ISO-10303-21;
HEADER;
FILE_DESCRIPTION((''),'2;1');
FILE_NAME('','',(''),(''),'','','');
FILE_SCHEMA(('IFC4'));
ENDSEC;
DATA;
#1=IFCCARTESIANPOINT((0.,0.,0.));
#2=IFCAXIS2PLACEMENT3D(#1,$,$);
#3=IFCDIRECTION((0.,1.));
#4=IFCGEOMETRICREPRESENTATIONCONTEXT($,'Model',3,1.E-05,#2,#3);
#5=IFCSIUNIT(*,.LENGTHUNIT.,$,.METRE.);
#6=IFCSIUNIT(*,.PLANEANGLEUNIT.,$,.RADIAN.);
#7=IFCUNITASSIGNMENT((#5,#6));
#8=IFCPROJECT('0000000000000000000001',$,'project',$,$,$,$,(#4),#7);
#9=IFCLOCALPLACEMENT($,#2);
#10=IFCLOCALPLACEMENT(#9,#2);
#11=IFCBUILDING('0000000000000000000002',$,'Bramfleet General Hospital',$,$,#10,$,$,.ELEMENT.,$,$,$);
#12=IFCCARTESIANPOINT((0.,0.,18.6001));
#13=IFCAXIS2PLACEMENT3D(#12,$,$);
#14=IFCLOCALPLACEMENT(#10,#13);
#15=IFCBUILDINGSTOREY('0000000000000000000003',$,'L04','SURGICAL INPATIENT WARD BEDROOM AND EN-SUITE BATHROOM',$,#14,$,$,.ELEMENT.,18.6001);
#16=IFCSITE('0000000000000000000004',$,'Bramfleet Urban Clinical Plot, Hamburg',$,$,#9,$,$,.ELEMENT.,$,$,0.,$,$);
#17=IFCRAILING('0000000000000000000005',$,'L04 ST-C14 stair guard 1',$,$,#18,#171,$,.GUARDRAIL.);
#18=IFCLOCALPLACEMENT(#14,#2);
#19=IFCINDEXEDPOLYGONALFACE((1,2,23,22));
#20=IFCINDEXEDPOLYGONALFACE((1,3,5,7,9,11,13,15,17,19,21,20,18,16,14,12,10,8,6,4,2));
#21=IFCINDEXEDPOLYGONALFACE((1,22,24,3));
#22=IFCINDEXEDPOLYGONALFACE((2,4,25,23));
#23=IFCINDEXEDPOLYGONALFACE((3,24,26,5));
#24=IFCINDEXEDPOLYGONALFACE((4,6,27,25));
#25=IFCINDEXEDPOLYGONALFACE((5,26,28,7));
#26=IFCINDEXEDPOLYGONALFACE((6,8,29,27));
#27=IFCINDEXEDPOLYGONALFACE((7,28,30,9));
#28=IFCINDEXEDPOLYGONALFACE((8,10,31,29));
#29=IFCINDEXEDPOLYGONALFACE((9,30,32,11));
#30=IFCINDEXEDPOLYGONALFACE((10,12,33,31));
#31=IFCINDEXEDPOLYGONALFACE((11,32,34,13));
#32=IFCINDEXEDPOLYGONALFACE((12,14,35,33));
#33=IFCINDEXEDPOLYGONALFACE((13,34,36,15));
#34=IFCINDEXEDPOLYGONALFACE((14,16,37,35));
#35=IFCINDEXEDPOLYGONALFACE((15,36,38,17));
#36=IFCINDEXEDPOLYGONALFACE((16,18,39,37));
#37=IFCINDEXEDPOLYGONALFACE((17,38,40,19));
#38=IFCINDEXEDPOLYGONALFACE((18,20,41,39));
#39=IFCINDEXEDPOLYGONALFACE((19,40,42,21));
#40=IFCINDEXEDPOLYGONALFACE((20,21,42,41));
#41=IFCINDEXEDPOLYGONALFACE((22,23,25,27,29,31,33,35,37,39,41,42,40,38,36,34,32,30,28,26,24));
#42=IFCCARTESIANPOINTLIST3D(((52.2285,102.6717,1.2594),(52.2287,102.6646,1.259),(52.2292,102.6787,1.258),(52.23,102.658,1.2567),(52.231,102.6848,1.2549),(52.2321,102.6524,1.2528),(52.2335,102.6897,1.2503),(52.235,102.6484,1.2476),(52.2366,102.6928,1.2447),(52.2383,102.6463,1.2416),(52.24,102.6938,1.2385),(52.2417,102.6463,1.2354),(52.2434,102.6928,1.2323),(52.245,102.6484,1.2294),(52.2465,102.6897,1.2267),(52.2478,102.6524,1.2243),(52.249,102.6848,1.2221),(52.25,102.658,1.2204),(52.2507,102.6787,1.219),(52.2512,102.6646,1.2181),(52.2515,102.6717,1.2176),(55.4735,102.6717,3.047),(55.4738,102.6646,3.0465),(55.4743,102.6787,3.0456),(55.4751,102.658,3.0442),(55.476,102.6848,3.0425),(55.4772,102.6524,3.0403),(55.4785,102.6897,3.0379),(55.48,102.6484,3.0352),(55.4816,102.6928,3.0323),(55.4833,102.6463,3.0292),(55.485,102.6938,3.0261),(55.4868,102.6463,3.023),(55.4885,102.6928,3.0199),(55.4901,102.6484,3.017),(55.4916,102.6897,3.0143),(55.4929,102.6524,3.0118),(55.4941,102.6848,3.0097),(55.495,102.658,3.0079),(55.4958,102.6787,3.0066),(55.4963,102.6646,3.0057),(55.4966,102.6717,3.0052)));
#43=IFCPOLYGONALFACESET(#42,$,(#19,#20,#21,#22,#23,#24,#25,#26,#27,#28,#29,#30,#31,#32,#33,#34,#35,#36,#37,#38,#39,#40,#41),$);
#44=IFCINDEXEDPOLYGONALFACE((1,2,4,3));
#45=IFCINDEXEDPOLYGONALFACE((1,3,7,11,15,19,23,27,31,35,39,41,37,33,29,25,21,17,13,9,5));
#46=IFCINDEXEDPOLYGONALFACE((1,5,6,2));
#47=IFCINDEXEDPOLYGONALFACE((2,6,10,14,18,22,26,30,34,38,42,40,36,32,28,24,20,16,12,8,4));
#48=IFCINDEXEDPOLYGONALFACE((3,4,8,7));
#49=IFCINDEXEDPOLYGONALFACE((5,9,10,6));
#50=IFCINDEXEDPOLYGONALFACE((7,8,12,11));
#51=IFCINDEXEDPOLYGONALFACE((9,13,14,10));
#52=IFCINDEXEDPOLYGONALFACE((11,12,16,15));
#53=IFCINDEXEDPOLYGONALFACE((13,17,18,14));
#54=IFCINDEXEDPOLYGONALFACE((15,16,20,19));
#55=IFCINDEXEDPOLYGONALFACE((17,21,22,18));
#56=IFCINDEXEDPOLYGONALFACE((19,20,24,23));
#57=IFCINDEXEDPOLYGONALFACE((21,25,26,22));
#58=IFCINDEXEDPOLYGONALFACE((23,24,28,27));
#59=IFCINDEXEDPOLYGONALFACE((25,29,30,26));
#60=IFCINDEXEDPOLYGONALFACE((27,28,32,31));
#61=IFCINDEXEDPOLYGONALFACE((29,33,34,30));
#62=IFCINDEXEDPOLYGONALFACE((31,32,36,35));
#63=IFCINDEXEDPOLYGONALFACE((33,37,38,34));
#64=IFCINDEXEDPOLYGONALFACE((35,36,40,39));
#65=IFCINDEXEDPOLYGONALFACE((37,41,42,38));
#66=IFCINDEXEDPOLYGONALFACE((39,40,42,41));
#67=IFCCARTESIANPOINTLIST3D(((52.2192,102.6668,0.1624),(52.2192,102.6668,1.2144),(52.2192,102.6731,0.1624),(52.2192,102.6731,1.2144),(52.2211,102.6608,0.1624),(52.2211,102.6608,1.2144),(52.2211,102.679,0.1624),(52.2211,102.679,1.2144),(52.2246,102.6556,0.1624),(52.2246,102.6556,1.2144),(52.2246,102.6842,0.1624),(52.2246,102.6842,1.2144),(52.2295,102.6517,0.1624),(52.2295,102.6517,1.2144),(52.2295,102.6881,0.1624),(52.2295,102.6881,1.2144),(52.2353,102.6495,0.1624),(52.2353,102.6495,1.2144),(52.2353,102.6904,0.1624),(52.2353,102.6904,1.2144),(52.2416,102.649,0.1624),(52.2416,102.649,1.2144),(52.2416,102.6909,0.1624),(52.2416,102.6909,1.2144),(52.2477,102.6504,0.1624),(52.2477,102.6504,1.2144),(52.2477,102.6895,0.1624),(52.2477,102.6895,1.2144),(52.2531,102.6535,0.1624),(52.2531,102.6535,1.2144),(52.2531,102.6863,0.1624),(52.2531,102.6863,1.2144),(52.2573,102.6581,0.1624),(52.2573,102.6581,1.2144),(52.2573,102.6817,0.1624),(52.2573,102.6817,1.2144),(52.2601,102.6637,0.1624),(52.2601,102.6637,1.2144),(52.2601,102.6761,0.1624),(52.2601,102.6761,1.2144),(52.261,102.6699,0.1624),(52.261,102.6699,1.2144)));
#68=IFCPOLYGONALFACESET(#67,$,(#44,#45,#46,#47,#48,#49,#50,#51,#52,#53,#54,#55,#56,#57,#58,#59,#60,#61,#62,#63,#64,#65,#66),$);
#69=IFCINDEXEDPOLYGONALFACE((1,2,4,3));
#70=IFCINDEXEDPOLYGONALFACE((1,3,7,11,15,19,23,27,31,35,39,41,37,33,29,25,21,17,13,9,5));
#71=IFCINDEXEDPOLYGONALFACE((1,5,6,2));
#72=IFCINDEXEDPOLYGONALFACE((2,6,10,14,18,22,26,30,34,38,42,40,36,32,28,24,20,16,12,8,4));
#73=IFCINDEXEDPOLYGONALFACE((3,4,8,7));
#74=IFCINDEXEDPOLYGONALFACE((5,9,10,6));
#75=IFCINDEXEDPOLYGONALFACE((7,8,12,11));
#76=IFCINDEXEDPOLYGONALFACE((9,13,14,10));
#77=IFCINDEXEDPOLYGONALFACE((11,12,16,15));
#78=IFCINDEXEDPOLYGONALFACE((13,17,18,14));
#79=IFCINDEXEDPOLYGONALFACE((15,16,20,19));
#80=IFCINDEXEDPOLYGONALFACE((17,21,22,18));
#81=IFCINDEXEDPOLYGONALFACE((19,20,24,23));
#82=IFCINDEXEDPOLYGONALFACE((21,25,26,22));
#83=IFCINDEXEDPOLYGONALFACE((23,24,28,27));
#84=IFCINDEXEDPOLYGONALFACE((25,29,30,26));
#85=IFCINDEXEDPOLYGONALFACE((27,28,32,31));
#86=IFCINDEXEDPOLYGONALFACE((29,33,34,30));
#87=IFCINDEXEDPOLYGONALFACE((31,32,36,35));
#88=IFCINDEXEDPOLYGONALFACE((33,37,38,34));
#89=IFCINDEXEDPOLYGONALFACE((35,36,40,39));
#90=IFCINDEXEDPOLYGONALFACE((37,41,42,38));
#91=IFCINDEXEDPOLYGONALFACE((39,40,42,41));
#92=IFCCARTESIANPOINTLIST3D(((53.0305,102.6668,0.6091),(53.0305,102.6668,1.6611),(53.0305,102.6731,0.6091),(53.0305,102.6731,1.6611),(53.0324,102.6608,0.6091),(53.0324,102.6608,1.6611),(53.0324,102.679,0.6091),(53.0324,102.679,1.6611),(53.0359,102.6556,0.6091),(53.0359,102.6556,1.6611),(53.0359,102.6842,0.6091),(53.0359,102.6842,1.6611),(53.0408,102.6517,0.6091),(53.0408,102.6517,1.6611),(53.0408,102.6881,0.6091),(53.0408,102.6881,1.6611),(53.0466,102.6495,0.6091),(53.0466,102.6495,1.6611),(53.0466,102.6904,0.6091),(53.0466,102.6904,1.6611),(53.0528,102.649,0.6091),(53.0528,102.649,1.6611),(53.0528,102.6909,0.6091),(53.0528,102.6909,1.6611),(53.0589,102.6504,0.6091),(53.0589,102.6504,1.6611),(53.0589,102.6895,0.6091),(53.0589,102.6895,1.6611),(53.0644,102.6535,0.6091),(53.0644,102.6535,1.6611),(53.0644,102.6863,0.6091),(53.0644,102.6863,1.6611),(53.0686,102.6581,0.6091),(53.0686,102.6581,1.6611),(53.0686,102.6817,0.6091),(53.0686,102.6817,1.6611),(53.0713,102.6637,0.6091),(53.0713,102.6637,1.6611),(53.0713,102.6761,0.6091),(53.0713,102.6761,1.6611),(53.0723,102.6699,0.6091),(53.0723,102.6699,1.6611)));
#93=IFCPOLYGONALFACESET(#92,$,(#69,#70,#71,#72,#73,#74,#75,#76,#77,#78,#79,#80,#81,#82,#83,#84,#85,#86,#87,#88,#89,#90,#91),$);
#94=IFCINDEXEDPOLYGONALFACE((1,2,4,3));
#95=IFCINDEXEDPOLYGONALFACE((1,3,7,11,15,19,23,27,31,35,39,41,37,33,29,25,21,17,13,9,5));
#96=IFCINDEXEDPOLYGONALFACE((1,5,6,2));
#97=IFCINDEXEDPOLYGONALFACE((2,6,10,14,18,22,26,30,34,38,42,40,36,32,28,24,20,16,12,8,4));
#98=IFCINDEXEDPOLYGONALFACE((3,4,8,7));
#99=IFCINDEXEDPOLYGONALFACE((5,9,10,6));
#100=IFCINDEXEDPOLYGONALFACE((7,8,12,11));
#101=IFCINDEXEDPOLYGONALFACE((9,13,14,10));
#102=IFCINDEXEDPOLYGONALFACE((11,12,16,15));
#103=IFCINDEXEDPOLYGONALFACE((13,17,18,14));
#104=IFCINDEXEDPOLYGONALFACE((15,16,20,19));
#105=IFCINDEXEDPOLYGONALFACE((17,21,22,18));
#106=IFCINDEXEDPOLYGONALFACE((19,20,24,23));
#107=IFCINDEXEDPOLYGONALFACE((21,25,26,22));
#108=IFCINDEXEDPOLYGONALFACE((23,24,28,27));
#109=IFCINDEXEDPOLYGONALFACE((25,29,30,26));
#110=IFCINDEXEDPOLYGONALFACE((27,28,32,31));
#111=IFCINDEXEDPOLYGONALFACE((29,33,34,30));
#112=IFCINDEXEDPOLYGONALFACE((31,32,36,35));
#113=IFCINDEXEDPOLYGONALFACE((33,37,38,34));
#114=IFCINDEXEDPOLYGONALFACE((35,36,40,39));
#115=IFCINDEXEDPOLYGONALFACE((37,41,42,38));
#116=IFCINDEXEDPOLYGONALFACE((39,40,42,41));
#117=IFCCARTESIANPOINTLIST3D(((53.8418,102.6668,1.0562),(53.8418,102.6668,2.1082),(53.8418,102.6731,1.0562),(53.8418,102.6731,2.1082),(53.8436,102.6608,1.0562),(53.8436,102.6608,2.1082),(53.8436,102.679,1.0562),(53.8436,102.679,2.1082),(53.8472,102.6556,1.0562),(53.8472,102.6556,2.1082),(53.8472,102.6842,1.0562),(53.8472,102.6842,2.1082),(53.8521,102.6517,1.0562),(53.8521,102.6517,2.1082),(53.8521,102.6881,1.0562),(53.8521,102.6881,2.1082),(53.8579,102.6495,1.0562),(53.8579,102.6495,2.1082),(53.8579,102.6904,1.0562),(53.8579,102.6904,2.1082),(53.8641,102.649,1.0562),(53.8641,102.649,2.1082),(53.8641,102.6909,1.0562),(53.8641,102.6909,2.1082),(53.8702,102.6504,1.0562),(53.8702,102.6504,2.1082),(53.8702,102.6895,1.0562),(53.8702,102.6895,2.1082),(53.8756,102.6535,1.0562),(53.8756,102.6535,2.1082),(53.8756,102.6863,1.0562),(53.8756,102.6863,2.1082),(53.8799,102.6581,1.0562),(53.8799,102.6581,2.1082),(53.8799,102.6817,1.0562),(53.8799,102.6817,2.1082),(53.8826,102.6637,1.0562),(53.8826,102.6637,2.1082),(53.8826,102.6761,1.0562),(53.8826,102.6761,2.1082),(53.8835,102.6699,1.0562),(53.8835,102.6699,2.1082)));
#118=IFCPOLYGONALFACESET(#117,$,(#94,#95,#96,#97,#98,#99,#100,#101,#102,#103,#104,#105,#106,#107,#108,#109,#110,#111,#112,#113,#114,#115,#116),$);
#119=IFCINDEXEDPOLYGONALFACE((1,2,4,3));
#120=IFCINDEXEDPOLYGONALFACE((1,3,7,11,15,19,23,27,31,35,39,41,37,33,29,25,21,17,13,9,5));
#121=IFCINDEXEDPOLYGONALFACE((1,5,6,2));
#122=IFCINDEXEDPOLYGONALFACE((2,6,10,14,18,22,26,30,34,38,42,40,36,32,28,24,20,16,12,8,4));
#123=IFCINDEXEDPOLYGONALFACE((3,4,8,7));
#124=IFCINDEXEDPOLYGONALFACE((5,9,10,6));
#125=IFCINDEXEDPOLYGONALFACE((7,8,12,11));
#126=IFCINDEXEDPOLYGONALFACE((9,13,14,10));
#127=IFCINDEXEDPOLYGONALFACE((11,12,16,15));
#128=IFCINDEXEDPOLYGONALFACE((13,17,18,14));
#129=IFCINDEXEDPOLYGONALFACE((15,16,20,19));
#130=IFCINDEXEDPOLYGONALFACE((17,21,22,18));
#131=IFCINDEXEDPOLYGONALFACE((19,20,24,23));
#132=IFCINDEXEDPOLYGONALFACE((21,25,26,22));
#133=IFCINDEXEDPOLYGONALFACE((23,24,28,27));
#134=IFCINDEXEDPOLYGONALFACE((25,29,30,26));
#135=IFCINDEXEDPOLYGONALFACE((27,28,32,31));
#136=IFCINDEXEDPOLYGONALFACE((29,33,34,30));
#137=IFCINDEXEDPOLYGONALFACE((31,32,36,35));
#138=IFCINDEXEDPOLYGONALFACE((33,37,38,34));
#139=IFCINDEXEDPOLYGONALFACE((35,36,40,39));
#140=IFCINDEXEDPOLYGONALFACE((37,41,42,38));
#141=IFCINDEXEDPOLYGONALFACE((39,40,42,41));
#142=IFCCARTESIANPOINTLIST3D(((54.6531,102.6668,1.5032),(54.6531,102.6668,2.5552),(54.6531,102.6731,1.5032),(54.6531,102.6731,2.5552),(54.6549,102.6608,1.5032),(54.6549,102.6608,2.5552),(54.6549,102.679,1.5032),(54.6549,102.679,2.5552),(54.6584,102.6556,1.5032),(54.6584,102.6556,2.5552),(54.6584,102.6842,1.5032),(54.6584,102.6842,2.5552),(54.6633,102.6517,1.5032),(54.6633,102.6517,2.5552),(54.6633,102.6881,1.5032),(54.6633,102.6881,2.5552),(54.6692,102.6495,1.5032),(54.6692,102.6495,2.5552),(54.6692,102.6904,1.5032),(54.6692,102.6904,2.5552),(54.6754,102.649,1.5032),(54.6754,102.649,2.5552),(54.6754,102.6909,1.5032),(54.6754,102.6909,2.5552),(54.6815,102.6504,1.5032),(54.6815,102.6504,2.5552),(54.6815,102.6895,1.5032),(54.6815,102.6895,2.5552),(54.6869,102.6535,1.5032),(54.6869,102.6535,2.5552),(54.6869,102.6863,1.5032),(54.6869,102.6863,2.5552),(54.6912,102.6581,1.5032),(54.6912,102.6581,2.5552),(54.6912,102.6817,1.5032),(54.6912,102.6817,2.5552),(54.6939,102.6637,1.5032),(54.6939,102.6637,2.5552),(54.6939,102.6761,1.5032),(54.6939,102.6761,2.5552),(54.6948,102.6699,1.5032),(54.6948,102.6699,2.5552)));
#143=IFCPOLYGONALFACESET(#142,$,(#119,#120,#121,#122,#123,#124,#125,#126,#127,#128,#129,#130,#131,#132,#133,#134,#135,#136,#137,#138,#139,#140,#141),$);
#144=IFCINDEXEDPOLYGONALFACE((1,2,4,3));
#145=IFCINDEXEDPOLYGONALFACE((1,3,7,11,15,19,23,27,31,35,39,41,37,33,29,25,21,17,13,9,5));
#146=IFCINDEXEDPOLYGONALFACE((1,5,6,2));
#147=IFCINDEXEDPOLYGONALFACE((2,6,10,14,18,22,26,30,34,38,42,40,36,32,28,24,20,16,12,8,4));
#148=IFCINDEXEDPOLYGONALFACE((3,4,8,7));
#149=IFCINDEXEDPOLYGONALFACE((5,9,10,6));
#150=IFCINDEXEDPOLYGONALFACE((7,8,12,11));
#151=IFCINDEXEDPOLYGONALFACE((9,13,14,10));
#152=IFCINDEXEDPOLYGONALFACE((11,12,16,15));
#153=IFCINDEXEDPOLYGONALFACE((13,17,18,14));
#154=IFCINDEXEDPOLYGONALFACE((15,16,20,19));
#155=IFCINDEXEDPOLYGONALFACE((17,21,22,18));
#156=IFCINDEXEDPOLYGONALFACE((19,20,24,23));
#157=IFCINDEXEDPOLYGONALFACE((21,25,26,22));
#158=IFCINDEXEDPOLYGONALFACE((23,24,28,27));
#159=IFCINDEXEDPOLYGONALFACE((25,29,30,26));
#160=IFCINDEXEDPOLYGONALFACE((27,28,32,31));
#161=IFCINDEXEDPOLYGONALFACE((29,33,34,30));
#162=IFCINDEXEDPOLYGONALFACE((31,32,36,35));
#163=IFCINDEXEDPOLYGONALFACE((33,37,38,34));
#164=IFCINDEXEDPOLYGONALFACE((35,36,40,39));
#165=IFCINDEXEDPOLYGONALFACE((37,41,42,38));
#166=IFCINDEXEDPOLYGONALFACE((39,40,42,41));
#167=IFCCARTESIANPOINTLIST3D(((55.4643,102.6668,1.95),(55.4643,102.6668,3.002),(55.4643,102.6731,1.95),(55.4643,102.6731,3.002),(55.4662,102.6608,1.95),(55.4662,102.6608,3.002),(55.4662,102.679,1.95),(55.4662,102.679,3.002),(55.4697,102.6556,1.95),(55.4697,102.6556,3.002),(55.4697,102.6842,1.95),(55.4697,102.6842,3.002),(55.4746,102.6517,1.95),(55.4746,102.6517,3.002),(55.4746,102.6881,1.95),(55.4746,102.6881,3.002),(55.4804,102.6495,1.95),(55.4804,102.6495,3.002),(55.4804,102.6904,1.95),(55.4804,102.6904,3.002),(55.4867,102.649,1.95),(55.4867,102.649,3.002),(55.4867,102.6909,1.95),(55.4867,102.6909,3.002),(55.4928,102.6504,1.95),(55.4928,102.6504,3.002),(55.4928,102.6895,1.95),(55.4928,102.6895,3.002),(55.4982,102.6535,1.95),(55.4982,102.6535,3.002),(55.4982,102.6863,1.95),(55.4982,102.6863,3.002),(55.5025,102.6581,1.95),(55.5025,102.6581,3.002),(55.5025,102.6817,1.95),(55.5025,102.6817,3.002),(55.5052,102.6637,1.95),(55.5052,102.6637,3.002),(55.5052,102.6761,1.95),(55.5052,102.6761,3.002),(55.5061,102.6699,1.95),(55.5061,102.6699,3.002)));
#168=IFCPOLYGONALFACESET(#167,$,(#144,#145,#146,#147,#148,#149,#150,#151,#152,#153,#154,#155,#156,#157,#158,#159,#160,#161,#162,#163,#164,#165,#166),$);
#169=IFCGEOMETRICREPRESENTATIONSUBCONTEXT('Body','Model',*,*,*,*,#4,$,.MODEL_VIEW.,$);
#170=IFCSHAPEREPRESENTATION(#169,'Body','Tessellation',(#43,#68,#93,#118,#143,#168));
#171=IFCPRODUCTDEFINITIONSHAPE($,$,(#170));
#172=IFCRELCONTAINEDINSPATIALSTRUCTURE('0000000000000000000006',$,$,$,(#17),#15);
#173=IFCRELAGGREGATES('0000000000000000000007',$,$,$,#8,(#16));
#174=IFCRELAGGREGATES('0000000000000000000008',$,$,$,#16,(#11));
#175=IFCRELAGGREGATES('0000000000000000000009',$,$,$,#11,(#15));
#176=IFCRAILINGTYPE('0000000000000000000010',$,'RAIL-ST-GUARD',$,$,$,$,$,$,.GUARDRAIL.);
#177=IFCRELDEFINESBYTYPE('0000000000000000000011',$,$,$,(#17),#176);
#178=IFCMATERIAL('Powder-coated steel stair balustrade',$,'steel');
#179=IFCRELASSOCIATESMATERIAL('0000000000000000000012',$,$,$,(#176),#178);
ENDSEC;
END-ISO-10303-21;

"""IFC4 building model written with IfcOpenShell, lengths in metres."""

from ifc_helpers import new_model, si_unit, direction, frame, origin, origin_2d, place, context, subcontext, project, spatial, circle, extrude, material, type_object, element, save


model = new_model("IFC4")

# Units and contexts
model_context = context("Model", 3, precision=1e-05, world=origin(), true_north=direction((0.0, 1.0)))
body_context = subcontext(model_context, "Body", "Model", "MODEL_VIEW")
ifc_project = project(units=[si_unit("LENGTHUNIT", "METRE"), si_unit("PLANEANGLEUNIT", "RADIAN")], contexts=[model_context])

# Site, building, storey
site_placement = place(None, origin())
site = spatial("IfcSite", under=ifc_project, at=site_placement, Name="Bramfleet Urban Clinical Plot, Hamburg", CompositionType="ELEMENT", RefElevation=0.0)
building_placement = place(site_placement, origin())
building = spatial("IfcBuilding", under=site, at=building_placement, Name="Bramfleet General Hospital", CompositionType="ELEMENT")
storey_placement = place(building_placement, frame((0.0, 0.0, 18.6001)))
storey = spatial("IfcBuildingStorey", under=building, at=storey_placement, Name="L04", Description="SURGICAL INPATIENT WARD BEDROOM AND EN-SUITE BATHROOM", CompositionType="ELEMENT", Elevation=18.6001)

# Railing
ifc_material_1 = material(Name="Powder-coated steel stair balustrade", Category="steel")
railing_type_1 = type_object("IfcRailingType", Name="RAIL-ST-GUARD", PredefinedType="GUARDRAIL", material=ifc_material_1)
railing_1_placement = place(storey_placement, frame((52.24, 102.6699, 0.1624)))
element("IfcRailing", 1, at=railing_1_placement, inside=storey, type_object=railing_type_1, Name="L04 ST-C14 stair guard 1", PredefinedType="GUARDRAIL", context=body_context, shape_type="SweptSolid", body=[
    extrude(circle(Radius=0.0239, at=origin_2d()), frame((0.0, 0.0, 1.0762), z_axis=(0.875899, 0.0, 0.482495), x_axis=(0.0, 1.0, 0.0)), (0.0, 0.0, 1.0), 3.7048),
    extrude(circle(Radius=0.021, at=origin_2d()), origin(), (0.0, 0.0, 1.0), 1.052),
    extrude(circle(Radius=0.021, at=origin_2d()), frame((0.8113, 0.0, 0.4468)), (0.0, 0.0, 1.0), 1.052),
    extrude(circle(Radius=0.021, at=origin_2d()), frame((1.6226, 0.0, 0.8938)), (0.0, 0.0, 1.0), 1.052),
    extrude(circle(Radius=0.021, at=origin_2d()), frame((2.4338, 0.0, 1.3408)), (0.0, 0.0, 1.0), 1.052),
    extrude(circle(Radius=0.021, at=origin_2d()), frame((3.2451, 0.0, 1.7876)), (0.0, 0.0, 1.0), 1.052),
])

save(model, "model.ifc")
